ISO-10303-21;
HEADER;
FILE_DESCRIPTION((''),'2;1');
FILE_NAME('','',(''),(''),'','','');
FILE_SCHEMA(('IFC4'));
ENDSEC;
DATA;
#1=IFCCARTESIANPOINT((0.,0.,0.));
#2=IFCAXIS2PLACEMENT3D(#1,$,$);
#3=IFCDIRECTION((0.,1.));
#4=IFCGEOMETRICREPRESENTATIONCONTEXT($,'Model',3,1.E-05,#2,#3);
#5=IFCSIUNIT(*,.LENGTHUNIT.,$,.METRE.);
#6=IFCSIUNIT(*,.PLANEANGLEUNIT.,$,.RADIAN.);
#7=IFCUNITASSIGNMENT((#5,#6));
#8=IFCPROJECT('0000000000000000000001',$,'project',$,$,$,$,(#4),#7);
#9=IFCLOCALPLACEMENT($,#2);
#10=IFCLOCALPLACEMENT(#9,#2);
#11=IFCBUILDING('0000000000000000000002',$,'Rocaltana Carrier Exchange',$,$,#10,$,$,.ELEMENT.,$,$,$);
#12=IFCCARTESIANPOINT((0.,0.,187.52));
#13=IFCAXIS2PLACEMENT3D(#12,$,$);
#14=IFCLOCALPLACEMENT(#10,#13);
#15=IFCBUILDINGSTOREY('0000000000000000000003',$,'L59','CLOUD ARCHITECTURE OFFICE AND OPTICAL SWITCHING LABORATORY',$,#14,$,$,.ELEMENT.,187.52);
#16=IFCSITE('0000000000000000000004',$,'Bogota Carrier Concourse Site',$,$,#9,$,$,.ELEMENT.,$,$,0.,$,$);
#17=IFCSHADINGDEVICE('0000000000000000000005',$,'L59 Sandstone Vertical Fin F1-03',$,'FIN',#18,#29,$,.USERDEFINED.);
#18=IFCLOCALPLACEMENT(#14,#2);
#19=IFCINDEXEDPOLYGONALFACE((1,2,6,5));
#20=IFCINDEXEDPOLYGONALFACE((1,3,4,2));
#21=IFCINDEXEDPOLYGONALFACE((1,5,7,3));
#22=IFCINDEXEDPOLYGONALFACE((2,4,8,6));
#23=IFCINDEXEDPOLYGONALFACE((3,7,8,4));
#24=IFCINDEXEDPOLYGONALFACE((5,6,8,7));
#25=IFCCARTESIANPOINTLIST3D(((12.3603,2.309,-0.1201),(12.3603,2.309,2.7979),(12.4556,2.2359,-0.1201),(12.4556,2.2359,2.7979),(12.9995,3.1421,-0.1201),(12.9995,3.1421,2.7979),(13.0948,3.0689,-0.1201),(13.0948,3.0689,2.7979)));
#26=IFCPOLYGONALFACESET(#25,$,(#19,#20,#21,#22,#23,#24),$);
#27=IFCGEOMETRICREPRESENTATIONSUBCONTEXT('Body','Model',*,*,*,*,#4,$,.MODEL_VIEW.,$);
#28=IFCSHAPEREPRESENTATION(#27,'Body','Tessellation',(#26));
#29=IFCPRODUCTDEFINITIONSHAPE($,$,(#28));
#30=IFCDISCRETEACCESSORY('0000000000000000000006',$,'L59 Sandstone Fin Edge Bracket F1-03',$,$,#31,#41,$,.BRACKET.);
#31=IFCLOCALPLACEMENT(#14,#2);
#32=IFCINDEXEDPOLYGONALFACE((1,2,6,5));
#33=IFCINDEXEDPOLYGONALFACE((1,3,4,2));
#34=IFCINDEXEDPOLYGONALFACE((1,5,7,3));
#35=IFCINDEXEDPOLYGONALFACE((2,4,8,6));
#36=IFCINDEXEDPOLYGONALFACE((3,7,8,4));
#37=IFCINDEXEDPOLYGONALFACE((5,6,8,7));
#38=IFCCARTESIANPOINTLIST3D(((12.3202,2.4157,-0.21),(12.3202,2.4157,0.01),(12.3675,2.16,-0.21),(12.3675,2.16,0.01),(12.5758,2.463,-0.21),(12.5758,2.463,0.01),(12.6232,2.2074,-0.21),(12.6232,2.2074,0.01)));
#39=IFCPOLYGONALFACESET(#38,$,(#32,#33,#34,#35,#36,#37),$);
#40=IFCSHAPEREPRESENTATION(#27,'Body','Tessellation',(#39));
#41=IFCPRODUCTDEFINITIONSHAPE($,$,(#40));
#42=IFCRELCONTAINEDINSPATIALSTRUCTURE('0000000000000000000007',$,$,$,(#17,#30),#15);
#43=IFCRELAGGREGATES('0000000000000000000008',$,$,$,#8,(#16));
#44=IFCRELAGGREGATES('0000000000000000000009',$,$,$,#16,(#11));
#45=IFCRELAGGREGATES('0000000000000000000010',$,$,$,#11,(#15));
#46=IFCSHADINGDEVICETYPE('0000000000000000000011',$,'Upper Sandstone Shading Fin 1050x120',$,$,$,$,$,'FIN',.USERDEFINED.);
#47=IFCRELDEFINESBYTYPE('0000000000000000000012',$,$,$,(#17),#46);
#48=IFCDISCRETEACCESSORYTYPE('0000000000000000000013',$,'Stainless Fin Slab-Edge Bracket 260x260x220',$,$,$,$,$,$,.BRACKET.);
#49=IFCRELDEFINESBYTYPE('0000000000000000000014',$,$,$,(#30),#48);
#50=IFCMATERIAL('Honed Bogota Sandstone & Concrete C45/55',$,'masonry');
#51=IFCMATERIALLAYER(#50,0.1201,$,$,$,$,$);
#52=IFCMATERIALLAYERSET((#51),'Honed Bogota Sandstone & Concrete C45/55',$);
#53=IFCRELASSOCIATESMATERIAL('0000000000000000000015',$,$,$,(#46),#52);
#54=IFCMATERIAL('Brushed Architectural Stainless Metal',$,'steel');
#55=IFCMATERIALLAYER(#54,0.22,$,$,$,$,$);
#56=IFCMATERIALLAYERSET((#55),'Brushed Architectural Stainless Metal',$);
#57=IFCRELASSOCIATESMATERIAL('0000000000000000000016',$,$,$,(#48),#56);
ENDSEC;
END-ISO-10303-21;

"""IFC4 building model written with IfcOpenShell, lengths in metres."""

from ifc_helpers import new_model, si_unit, direction, frame, origin, origin_2d, place, context, subcontext, project, spatial, rectangle, extrude, material, layer, layer_set, type_object, element, save


model = new_model("IFC4")

# Units and contexts
model_context = context("Model", 3, precision=1e-05, world=origin(), true_north=direction((0.0, 1.0)))
body_context = subcontext(model_context, "Body", "Model", "MODEL_VIEW")
ifc_project = project(units=[si_unit("LENGTHUNIT", "METRE"), si_unit("PLANEANGLEUNIT", "RADIAN")], contexts=[model_context])

# Site, building, storey
site_placement = place(None, origin())
site = spatial("IfcSite", under=ifc_project, at=site_placement, Name="Bogota Carrier Concourse Site", CompositionType="ELEMENT", RefElevation=0.0)
building_placement = place(site_placement, origin())
building = spatial("IfcBuilding", under=site, at=building_placement, Name="Rocaltana Carrier Exchange", CompositionType="ELEMENT")
storey_placement = place(building_placement, frame((0.0, 0.0, 187.52)))
storey = spatial("IfcBuildingStorey", under=building, at=storey_placement, Name="L59", Description="CLOUD ARCHITECTURE OFFICE AND OPTICAL SWITCHING LABORATORY", CompositionType="ELEMENT", Elevation=187.52)

# Shading device
ifc_material_1 = material(Name="Honed Bogota Sandstone & Concrete C45/55", Category="masonry")
ifc_layer_1 = layer(ifc_material_1, 0.1201)
ifc_layer_set_1 = layer_set([ifc_layer_1], Name="Honed Bogota Sandstone & Concrete C45/55")
shading_device_type = type_object("IfcShadingDeviceType", Name="Upper Sandstone Shading Fin 1050x120", ElementType="FIN", PredefinedType="USERDEFINED", material=ifc_layer_set_1)
shading_device_placement = place(storey_placement, frame((12.7275, 2.689, -0.1201), z_axis=(0.0, 0.0, 1.0), x_axis=(0.608761, 0.793353, 0.0)))
element("IfcShadingDevice", 1, at=shading_device_placement, inside=storey, type_object=shading_device_type, Name="L59 Sandstone Vertical Fin F1-03", ObjectType="FIN", PredefinedType="USERDEFINED", context=body_context, shape_type="SweptSolid", body=[
    extrude(rectangle(XDim=1.05, YDim=0.1201, at=origin_2d()), origin(), (0.0, 0.0, 1.0), 2.918),
])

# Discrete accessory
ifc_material_2 = material(Name="Brushed Architectural Stainless Metal", Category="steel")
ifc_layer_2 = layer(ifc_material_2, 0.22)
ifc_layer_set_2 = layer_set([ifc_layer_2], Name="Brushed Architectural Stainless Metal")
discrete_accessory_type = type_object("IfcDiscreteAccessoryType", Name="Stainless Fin Slab-Edge Bracket 260x260x220", PredefinedType="BRACKET", material=ifc_layer_set_2)
discrete_accessory_placement = place(storey_placement, frame((12.4717, 2.3115, -0.21), z_axis=(0.0, 0.0, 1.0), x_axis=(-0.182236, 0.983255, 0.0)))
element("IfcDiscreteAccessory", 2, at=discrete_accessory_placement, inside=storey, type_object=discrete_accessory_type, Name="L59 Sandstone Fin Edge Bracket F1-03", PredefinedType="BRACKET", context=body_context, shape_type="SweptSolid", body=[
    extrude(rectangle(XDim=0.26, YDim=0.26, at=origin_2d()), origin(), (0.0, 0.0, 1.0), 0.22),
])

save(model, "model.ifc")
